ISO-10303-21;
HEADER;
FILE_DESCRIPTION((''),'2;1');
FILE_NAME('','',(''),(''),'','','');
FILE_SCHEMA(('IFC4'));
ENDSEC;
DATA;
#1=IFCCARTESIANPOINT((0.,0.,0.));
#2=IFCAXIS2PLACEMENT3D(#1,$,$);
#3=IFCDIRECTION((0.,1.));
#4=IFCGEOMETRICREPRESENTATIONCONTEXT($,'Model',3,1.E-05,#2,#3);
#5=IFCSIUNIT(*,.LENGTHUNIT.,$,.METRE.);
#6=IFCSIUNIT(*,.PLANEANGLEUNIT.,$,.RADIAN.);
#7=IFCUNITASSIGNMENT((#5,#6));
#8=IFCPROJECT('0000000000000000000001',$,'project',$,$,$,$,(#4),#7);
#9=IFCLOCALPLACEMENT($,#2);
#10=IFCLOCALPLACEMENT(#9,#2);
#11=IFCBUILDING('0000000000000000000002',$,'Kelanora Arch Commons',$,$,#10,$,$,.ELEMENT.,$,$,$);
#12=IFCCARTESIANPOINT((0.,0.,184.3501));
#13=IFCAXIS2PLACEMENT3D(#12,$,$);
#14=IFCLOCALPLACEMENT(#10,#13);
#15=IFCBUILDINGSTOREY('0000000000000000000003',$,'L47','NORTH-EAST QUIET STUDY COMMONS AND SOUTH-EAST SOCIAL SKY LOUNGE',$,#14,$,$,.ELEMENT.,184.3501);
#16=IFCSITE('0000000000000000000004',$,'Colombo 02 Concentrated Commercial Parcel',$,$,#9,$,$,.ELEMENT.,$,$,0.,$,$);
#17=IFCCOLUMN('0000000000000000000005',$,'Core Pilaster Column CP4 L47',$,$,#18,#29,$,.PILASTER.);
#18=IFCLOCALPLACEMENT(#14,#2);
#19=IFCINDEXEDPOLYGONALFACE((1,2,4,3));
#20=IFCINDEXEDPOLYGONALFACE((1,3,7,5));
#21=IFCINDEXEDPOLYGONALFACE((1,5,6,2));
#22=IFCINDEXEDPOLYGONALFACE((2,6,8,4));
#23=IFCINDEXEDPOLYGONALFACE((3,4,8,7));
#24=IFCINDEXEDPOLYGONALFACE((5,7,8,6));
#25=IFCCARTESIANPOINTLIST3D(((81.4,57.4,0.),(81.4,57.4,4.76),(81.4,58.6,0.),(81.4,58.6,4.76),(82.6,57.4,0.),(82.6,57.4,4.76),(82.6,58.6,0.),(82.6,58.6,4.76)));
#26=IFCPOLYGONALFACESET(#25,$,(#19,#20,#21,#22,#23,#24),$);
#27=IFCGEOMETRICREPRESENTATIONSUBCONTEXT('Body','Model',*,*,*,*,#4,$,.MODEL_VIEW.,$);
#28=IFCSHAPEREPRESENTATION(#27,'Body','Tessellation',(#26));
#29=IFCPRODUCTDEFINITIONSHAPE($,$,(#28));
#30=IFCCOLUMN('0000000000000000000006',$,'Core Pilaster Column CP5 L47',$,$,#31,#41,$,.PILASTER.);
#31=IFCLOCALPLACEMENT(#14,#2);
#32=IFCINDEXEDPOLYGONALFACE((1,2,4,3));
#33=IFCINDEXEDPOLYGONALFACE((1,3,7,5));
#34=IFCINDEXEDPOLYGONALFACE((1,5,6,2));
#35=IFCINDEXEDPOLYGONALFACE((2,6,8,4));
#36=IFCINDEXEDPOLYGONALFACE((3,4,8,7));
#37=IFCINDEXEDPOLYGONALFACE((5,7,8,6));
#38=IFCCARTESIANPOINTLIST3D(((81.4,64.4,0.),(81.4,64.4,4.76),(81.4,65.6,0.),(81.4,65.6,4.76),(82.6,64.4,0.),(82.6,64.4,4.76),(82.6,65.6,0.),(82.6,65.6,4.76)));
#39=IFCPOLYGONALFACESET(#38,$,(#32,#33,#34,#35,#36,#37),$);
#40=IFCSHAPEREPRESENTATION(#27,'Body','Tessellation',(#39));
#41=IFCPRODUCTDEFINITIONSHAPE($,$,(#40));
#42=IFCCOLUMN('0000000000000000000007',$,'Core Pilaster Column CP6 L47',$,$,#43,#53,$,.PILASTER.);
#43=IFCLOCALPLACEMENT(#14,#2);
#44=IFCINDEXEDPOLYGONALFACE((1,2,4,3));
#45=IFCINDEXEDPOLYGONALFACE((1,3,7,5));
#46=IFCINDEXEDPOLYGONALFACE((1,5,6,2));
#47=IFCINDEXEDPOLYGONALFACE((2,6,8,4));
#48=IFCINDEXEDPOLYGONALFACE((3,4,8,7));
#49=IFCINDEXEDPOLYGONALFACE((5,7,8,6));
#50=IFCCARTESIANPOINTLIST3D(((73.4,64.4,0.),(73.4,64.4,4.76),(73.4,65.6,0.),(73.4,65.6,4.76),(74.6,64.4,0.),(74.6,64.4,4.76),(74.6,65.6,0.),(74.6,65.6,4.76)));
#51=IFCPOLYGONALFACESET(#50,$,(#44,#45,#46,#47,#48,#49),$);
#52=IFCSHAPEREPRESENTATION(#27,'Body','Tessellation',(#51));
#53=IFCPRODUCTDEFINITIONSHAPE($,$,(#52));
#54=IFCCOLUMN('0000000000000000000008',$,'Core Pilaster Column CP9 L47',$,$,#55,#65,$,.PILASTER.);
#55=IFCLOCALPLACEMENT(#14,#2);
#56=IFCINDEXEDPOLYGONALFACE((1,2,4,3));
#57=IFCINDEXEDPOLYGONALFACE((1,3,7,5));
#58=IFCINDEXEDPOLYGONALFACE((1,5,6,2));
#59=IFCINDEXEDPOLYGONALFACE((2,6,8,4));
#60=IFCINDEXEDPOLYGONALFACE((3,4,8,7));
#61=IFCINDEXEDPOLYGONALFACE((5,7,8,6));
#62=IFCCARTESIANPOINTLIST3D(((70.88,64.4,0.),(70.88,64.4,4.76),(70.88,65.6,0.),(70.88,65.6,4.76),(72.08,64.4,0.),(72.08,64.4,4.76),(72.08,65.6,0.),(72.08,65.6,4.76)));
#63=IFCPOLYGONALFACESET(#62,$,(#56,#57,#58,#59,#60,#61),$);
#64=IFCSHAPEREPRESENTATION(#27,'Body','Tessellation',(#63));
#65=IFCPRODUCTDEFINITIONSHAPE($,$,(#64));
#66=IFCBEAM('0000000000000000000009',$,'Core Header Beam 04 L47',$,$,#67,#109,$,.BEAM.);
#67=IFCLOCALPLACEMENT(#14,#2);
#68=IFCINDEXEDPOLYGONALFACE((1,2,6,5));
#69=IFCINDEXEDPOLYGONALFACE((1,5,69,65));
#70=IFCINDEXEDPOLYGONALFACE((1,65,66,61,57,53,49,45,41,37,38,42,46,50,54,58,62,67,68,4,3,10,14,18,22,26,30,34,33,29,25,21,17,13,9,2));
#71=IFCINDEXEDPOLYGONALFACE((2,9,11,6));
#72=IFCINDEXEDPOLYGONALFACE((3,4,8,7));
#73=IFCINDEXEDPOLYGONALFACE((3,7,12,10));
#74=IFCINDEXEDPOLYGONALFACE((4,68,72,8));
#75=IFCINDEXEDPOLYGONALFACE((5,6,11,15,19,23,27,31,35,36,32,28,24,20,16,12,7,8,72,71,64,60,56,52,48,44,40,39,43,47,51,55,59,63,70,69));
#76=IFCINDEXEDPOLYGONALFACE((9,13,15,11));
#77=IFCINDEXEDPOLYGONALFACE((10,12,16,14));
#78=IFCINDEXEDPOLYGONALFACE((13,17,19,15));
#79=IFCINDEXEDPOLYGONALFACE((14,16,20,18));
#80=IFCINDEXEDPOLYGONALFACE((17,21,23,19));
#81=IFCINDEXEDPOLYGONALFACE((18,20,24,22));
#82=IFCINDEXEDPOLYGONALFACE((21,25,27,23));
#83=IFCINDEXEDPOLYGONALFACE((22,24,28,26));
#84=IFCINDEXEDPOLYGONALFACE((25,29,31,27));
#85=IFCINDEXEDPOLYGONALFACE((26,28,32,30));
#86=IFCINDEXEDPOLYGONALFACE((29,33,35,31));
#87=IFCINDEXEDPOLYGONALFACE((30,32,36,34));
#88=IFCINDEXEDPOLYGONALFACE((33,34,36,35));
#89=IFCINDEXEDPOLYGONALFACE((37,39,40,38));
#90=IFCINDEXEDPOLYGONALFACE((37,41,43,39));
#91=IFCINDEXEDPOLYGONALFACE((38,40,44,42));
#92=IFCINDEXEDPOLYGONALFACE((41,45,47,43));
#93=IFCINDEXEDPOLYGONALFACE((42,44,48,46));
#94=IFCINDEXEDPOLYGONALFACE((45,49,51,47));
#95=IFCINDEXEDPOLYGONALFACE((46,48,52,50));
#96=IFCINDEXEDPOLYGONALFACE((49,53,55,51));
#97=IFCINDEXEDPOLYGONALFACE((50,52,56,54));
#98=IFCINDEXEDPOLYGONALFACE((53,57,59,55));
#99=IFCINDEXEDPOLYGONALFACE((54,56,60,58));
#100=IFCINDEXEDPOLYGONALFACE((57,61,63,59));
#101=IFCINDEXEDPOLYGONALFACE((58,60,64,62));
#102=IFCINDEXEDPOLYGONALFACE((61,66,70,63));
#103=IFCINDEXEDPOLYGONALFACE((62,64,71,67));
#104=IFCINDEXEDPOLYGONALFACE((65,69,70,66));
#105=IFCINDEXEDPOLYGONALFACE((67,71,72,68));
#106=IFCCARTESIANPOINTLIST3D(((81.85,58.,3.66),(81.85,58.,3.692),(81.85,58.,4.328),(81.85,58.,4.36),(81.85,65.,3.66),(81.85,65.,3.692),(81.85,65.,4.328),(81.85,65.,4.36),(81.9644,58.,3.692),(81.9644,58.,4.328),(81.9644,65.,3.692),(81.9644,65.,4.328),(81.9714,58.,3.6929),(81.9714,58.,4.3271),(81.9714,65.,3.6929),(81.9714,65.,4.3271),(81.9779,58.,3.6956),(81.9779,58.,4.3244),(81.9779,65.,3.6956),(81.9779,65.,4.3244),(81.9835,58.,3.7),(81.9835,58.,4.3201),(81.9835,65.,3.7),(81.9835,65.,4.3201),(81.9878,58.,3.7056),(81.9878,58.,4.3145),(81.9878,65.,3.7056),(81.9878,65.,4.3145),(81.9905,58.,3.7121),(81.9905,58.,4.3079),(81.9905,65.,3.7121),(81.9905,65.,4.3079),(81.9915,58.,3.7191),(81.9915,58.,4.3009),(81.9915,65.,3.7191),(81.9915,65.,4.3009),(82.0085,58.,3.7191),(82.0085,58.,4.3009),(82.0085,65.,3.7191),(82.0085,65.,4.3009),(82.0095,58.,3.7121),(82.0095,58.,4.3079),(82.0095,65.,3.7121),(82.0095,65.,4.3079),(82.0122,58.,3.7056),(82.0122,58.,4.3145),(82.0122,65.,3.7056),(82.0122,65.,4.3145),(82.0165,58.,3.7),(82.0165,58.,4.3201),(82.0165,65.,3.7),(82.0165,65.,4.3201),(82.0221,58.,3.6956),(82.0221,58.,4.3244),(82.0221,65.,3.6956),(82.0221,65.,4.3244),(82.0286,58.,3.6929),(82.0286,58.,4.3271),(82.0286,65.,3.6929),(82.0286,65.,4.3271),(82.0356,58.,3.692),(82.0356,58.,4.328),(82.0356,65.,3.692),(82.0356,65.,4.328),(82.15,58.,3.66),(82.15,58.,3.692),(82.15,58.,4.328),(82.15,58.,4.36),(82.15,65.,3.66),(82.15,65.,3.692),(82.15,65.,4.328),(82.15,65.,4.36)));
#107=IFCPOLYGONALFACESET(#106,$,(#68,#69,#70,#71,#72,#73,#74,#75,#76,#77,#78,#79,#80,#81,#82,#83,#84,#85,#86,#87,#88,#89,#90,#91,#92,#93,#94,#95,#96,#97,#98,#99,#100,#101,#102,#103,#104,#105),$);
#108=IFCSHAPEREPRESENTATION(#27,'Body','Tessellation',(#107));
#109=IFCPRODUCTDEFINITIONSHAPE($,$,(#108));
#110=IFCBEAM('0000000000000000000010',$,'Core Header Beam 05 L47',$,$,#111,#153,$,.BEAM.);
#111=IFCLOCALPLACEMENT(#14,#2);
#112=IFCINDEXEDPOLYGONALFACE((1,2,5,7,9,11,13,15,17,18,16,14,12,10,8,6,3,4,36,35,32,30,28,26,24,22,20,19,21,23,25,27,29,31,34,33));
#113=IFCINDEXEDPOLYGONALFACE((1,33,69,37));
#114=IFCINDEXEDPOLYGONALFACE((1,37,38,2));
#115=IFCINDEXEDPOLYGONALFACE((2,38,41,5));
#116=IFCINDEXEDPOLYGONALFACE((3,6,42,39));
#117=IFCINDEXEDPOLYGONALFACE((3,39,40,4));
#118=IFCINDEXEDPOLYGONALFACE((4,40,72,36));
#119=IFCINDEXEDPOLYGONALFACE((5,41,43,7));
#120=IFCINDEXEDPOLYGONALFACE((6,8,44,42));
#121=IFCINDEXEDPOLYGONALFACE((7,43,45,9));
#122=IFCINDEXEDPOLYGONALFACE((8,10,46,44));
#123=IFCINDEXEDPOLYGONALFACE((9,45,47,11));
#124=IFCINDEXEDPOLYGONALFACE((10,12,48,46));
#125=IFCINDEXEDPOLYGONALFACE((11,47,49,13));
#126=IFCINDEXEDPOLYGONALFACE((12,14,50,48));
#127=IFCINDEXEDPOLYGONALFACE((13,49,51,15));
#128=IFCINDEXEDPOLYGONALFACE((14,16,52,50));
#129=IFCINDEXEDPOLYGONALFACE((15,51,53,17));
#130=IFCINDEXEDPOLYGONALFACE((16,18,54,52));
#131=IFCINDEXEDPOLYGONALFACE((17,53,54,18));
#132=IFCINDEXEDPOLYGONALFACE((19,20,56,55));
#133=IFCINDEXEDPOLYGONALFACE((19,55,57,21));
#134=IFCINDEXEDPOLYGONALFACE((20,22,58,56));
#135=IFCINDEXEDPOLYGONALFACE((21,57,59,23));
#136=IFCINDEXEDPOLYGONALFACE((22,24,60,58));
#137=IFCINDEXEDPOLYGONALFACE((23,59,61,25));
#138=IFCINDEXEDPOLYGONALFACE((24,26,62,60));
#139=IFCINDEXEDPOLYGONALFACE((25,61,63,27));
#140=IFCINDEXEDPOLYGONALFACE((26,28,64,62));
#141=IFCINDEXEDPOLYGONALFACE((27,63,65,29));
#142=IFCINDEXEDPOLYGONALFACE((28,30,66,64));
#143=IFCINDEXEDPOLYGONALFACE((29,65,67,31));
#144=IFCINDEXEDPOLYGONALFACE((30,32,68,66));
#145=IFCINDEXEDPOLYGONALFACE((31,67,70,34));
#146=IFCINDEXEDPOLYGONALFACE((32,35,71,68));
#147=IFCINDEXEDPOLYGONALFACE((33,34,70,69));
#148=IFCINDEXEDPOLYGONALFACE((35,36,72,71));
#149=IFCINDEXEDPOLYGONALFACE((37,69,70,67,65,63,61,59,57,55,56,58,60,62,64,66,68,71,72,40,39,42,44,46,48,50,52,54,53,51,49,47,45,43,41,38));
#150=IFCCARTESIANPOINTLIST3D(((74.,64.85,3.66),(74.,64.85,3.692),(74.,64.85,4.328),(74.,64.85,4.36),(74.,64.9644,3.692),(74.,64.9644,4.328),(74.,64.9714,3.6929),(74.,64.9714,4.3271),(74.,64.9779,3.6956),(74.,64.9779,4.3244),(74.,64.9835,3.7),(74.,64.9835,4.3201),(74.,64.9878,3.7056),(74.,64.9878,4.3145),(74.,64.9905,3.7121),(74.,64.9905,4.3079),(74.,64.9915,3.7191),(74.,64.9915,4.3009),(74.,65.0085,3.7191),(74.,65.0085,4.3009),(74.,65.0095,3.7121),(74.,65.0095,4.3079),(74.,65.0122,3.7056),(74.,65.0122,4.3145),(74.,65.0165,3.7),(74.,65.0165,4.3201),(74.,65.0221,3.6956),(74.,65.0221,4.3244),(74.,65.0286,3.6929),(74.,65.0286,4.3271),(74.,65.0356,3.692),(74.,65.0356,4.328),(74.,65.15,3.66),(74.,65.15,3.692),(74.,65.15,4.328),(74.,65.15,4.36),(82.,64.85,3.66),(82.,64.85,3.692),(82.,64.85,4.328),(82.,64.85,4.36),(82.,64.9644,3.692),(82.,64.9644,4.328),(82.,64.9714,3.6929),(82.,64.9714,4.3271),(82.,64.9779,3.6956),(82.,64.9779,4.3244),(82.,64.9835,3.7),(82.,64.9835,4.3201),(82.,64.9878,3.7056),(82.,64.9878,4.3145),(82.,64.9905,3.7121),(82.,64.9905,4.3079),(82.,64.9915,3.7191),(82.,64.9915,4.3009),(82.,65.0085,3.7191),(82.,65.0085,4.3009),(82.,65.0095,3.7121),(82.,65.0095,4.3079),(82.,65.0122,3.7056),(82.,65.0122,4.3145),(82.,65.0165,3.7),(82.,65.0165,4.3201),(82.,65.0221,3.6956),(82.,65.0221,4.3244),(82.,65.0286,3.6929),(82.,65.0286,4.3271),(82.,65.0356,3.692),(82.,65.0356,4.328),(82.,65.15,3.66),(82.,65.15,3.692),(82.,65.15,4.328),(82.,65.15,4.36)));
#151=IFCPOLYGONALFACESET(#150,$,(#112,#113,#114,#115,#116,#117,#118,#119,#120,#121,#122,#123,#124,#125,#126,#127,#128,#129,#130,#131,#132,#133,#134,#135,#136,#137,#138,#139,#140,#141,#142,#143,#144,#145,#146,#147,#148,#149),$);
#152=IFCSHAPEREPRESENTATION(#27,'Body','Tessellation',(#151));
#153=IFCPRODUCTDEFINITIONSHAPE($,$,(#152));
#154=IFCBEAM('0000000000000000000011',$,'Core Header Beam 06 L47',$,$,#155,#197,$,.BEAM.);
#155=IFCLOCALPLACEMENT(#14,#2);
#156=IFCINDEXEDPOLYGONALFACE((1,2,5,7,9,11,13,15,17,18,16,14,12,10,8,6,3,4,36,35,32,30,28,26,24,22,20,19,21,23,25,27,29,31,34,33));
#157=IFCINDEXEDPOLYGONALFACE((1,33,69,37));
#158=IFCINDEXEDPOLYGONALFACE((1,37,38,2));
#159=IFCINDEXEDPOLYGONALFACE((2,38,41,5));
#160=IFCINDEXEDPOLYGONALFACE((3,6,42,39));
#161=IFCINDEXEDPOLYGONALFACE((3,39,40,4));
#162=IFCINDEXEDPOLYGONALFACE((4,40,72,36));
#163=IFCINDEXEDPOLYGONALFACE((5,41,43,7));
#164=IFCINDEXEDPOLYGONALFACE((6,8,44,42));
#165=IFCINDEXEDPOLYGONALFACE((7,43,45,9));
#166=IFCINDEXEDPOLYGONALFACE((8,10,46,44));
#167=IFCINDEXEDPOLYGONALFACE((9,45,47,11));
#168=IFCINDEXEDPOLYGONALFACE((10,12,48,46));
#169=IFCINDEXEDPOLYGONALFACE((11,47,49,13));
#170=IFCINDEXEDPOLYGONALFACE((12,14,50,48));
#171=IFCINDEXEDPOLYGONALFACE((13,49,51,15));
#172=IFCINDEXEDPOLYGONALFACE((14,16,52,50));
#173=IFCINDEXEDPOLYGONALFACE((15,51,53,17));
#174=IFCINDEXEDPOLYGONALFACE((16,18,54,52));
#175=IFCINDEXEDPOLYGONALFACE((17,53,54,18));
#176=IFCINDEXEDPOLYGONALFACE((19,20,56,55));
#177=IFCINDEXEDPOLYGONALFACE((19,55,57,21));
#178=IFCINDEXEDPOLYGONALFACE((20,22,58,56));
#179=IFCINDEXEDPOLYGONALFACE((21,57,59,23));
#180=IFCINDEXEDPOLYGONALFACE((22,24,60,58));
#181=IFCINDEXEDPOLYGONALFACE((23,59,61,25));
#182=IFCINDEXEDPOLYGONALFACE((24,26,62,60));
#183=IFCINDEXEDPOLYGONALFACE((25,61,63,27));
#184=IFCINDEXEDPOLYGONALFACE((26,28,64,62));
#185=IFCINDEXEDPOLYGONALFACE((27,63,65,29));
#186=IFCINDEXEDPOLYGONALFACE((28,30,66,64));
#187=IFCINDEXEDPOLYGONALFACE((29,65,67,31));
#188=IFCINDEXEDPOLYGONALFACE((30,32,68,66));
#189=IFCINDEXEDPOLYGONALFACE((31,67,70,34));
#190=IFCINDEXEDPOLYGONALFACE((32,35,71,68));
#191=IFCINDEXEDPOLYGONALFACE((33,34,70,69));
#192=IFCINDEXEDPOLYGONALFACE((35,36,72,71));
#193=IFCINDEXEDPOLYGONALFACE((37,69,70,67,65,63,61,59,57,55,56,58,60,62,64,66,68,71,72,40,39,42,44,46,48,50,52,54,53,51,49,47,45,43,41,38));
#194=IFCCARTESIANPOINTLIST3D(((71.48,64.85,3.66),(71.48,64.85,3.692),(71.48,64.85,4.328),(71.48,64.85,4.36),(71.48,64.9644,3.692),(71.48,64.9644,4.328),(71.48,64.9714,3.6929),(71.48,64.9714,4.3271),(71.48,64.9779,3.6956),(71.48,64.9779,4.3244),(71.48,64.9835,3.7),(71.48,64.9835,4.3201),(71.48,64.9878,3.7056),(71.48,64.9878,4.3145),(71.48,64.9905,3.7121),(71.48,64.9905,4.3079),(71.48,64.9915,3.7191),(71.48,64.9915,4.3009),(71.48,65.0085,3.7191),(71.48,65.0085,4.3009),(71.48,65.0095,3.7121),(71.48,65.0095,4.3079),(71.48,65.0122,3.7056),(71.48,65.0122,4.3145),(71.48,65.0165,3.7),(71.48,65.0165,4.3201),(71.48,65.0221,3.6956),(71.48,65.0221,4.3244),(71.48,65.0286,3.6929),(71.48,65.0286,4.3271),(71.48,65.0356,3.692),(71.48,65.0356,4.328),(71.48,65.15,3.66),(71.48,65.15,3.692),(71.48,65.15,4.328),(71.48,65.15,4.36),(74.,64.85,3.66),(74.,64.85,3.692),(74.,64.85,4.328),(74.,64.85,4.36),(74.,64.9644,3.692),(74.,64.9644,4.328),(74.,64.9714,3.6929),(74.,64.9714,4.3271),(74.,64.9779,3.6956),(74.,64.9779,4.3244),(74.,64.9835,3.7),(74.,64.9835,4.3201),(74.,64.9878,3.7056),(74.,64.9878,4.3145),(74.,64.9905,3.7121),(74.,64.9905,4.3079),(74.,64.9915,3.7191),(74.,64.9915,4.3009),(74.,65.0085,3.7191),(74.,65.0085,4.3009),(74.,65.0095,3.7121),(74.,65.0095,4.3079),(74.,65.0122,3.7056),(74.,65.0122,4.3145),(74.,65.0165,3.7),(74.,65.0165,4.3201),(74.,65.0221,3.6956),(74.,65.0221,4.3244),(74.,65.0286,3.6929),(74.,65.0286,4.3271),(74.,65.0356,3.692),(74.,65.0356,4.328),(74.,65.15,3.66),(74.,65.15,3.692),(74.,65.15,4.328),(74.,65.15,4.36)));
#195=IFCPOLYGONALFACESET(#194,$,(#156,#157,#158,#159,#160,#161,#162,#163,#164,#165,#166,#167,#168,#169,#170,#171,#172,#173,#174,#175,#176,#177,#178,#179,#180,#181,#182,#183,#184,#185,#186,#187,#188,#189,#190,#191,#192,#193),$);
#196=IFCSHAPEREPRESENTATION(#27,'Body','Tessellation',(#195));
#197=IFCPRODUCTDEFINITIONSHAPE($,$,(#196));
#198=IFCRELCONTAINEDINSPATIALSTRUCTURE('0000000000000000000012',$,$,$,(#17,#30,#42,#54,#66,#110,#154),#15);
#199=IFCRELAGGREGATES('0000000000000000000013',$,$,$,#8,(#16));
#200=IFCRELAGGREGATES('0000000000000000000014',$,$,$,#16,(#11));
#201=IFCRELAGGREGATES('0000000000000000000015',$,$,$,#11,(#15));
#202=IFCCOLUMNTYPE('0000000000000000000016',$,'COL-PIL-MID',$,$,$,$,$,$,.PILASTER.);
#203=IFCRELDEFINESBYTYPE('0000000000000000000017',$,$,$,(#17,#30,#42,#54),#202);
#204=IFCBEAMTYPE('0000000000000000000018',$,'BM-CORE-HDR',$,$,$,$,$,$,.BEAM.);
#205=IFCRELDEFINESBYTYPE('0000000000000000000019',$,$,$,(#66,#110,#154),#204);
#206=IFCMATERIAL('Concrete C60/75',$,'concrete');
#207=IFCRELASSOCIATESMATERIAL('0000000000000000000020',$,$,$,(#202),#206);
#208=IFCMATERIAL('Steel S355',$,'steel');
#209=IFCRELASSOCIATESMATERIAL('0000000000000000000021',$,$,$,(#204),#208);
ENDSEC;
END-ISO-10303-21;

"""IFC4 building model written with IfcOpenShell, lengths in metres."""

from ifc_helpers import new_model, si_unit, direction, frame, origin, origin_2d, place, context, subcontext, project, spatial, rectangle, i_section, extrude, material, material_profile, profile_set, type_object, element, save


model = new_model("IFC4")

# Units and contexts
model_context = context("Model", 3, precision=1e-05, world=origin(), true_north=direction((0.0, 1.0)))
body_context = subcontext(model_context, "Body", "Model", "MODEL_VIEW")
ifc_project = project(units=[si_unit("LENGTHUNIT", "METRE"), si_unit("PLANEANGLEUNIT", "RADIAN")], contexts=[model_context])

# Site, building, storey
site_placement = place(None, origin())
site = spatial("IfcSite", under=ifc_project, at=site_placement, Name="Colombo 02 Concentrated Commercial Parcel", CompositionType="ELEMENT", RefElevation=0.0)
building_placement = place(site_placement, origin())
building = spatial("IfcBuilding", under=site, at=building_placement, Name="Kelanora Arch Commons", CompositionType="ELEMENT")
storey_placement = place(building_placement, frame((0.0, 0.0, 184.3501)))
storey = spatial("IfcBuildingStorey", under=building, at=storey_placement, Name="L47", Description="NORTH-EAST QUIET STUDY COMMONS AND SOUTH-EAST SOCIAL SKY LOUNGE", CompositionType="ELEMENT", Elevation=184.3501)

# Columns
ifc_material_1 = material(Name="Concrete C60/75", Category="concrete")
ifc_material_profile_1 = material_profile(ifc_material_1, rectangle(XDim=1.2, YDim=1.2, at=origin_2d()), Name="RC1200x1200")
ifc_profile_set_1 = profile_set([ifc_material_profile_1], Name="Concrete C60/75")
column_type = type_object("IfcColumnType", Name="COL-PIL-MID", PredefinedType="PILASTER", material=ifc_profile_set_1)
for number, where, z_axis, x_axis, name in (
    (1, (82.0, 58.0, 0.0), (0.0, 0.0, 1.0), (1.0, 0.0, 0.0), "Core Pilaster Column CP4 L47"),
    (2, (82.0, 65.0, 0.0), (0.0, 0.0, 1.0), (1.0, 0.0, 0.0), "Core Pilaster Column CP5 L47"),
    (3, (74.0, 65.0, 0.0), (0.0, 0.0, 1.0), (1.0, 0.0, 0.0), "Core Pilaster Column CP6 L47"),
    (4, (71.48, 65.0, 0.0), (0.0, 0.0, 1.0), (1.0, 0.0, 0.0), "Core Pilaster Column CP9 L47"),
):
    element("IfcColumn", number, at=place(storey_placement, frame(where, z_axis=z_axis, x_axis=x_axis)), inside=storey, type_object=column_type, Name=name, PredefinedType="PILASTER", context=body_context, shape_type="SweptSolid", body=[
        extrude(rectangle(XDim=1.2, YDim=1.2, at=origin_2d()), origin(), (0.0, 0.0, 1.0), 4.76),
    ])

# Beams
ifc_material_2 = material(Name="Steel S355", Category="steel")
ifc_material_profile_2 = material_profile(ifc_material_2, i_section(OverallWidth=0.3, OverallDepth=0.7, WebThickness=0.0171, FlangeThickness=0.032, FilletRadius=0.0271, at=origin_2d()), Name="HEB700")
ifc_profile_set_2 = profile_set([ifc_material_profile_2], Name="Steel S355")
beam_type_1 = type_object("IfcBeamType", Name="BM-CORE-HDR", PredefinedType="BEAM", material=ifc_profile_set_2)
beam_1_placement = place(storey_placement, frame((82.0, 58.0, 4.01), z_axis=(0.0, 1.0, 0.0), x_axis=(-1.0, 0.0, 0.0)))
element("IfcBeam", 5, at=beam_1_placement, inside=storey, type_object=beam_type_1, Name="Core Header Beam 04 L47", PredefinedType="BEAM", context=body_context, shape_type="SweptSolid", body=[
    extrude(i_section(OverallWidth=0.3, OverallDepth=0.7, WebThickness=0.0171, FlangeThickness=0.032, FilletRadius=0.0271, at=origin_2d()), origin(), (0.0, 0.0, 1.0), 7.0),
])
beam_2_placement = place(storey_placement, frame((82.0, 65.0, 4.01), z_axis=(-1.0, 0.0, 0.0), x_axis=(0.0, -1.0, 0.0)))
element("IfcBeam", 6, at=beam_2_placement, inside=storey, type_object=beam_type_1, Name="Core Header Beam 05 L47", PredefinedType="BEAM", context=body_context, shape_type="SweptSolid", body=[
    extrude(i_section(OverallWidth=0.3, OverallDepth=0.7, WebThickness=0.0171, FlangeThickness=0.032, FilletRadius=0.0271, at=origin_2d()), origin(), (0.0, 0.0, 1.0), 8.0),
])
beam_3_placement = place(storey_placement, frame((74.0, 65.0, 4.01), z_axis=(-1.0, 0.0, 0.0), x_axis=(0.0, -1.0, 0.0)))
element("IfcBeam", 7, at=beam_3_placement, inside=storey, type_object=beam_type_1, Name="Core Header Beam 06 L47", PredefinedType="BEAM", context=body_context, shape_type="SweptSolid", body=[
    extrude(i_section(OverallWidth=0.3, OverallDepth=0.7, WebThickness=0.0171, FlangeThickness=0.032, FilletRadius=0.0271, at=origin_2d()), origin(), (0.0, 0.0, 1.0), 2.52),
])

save(model, "model.ifc")
